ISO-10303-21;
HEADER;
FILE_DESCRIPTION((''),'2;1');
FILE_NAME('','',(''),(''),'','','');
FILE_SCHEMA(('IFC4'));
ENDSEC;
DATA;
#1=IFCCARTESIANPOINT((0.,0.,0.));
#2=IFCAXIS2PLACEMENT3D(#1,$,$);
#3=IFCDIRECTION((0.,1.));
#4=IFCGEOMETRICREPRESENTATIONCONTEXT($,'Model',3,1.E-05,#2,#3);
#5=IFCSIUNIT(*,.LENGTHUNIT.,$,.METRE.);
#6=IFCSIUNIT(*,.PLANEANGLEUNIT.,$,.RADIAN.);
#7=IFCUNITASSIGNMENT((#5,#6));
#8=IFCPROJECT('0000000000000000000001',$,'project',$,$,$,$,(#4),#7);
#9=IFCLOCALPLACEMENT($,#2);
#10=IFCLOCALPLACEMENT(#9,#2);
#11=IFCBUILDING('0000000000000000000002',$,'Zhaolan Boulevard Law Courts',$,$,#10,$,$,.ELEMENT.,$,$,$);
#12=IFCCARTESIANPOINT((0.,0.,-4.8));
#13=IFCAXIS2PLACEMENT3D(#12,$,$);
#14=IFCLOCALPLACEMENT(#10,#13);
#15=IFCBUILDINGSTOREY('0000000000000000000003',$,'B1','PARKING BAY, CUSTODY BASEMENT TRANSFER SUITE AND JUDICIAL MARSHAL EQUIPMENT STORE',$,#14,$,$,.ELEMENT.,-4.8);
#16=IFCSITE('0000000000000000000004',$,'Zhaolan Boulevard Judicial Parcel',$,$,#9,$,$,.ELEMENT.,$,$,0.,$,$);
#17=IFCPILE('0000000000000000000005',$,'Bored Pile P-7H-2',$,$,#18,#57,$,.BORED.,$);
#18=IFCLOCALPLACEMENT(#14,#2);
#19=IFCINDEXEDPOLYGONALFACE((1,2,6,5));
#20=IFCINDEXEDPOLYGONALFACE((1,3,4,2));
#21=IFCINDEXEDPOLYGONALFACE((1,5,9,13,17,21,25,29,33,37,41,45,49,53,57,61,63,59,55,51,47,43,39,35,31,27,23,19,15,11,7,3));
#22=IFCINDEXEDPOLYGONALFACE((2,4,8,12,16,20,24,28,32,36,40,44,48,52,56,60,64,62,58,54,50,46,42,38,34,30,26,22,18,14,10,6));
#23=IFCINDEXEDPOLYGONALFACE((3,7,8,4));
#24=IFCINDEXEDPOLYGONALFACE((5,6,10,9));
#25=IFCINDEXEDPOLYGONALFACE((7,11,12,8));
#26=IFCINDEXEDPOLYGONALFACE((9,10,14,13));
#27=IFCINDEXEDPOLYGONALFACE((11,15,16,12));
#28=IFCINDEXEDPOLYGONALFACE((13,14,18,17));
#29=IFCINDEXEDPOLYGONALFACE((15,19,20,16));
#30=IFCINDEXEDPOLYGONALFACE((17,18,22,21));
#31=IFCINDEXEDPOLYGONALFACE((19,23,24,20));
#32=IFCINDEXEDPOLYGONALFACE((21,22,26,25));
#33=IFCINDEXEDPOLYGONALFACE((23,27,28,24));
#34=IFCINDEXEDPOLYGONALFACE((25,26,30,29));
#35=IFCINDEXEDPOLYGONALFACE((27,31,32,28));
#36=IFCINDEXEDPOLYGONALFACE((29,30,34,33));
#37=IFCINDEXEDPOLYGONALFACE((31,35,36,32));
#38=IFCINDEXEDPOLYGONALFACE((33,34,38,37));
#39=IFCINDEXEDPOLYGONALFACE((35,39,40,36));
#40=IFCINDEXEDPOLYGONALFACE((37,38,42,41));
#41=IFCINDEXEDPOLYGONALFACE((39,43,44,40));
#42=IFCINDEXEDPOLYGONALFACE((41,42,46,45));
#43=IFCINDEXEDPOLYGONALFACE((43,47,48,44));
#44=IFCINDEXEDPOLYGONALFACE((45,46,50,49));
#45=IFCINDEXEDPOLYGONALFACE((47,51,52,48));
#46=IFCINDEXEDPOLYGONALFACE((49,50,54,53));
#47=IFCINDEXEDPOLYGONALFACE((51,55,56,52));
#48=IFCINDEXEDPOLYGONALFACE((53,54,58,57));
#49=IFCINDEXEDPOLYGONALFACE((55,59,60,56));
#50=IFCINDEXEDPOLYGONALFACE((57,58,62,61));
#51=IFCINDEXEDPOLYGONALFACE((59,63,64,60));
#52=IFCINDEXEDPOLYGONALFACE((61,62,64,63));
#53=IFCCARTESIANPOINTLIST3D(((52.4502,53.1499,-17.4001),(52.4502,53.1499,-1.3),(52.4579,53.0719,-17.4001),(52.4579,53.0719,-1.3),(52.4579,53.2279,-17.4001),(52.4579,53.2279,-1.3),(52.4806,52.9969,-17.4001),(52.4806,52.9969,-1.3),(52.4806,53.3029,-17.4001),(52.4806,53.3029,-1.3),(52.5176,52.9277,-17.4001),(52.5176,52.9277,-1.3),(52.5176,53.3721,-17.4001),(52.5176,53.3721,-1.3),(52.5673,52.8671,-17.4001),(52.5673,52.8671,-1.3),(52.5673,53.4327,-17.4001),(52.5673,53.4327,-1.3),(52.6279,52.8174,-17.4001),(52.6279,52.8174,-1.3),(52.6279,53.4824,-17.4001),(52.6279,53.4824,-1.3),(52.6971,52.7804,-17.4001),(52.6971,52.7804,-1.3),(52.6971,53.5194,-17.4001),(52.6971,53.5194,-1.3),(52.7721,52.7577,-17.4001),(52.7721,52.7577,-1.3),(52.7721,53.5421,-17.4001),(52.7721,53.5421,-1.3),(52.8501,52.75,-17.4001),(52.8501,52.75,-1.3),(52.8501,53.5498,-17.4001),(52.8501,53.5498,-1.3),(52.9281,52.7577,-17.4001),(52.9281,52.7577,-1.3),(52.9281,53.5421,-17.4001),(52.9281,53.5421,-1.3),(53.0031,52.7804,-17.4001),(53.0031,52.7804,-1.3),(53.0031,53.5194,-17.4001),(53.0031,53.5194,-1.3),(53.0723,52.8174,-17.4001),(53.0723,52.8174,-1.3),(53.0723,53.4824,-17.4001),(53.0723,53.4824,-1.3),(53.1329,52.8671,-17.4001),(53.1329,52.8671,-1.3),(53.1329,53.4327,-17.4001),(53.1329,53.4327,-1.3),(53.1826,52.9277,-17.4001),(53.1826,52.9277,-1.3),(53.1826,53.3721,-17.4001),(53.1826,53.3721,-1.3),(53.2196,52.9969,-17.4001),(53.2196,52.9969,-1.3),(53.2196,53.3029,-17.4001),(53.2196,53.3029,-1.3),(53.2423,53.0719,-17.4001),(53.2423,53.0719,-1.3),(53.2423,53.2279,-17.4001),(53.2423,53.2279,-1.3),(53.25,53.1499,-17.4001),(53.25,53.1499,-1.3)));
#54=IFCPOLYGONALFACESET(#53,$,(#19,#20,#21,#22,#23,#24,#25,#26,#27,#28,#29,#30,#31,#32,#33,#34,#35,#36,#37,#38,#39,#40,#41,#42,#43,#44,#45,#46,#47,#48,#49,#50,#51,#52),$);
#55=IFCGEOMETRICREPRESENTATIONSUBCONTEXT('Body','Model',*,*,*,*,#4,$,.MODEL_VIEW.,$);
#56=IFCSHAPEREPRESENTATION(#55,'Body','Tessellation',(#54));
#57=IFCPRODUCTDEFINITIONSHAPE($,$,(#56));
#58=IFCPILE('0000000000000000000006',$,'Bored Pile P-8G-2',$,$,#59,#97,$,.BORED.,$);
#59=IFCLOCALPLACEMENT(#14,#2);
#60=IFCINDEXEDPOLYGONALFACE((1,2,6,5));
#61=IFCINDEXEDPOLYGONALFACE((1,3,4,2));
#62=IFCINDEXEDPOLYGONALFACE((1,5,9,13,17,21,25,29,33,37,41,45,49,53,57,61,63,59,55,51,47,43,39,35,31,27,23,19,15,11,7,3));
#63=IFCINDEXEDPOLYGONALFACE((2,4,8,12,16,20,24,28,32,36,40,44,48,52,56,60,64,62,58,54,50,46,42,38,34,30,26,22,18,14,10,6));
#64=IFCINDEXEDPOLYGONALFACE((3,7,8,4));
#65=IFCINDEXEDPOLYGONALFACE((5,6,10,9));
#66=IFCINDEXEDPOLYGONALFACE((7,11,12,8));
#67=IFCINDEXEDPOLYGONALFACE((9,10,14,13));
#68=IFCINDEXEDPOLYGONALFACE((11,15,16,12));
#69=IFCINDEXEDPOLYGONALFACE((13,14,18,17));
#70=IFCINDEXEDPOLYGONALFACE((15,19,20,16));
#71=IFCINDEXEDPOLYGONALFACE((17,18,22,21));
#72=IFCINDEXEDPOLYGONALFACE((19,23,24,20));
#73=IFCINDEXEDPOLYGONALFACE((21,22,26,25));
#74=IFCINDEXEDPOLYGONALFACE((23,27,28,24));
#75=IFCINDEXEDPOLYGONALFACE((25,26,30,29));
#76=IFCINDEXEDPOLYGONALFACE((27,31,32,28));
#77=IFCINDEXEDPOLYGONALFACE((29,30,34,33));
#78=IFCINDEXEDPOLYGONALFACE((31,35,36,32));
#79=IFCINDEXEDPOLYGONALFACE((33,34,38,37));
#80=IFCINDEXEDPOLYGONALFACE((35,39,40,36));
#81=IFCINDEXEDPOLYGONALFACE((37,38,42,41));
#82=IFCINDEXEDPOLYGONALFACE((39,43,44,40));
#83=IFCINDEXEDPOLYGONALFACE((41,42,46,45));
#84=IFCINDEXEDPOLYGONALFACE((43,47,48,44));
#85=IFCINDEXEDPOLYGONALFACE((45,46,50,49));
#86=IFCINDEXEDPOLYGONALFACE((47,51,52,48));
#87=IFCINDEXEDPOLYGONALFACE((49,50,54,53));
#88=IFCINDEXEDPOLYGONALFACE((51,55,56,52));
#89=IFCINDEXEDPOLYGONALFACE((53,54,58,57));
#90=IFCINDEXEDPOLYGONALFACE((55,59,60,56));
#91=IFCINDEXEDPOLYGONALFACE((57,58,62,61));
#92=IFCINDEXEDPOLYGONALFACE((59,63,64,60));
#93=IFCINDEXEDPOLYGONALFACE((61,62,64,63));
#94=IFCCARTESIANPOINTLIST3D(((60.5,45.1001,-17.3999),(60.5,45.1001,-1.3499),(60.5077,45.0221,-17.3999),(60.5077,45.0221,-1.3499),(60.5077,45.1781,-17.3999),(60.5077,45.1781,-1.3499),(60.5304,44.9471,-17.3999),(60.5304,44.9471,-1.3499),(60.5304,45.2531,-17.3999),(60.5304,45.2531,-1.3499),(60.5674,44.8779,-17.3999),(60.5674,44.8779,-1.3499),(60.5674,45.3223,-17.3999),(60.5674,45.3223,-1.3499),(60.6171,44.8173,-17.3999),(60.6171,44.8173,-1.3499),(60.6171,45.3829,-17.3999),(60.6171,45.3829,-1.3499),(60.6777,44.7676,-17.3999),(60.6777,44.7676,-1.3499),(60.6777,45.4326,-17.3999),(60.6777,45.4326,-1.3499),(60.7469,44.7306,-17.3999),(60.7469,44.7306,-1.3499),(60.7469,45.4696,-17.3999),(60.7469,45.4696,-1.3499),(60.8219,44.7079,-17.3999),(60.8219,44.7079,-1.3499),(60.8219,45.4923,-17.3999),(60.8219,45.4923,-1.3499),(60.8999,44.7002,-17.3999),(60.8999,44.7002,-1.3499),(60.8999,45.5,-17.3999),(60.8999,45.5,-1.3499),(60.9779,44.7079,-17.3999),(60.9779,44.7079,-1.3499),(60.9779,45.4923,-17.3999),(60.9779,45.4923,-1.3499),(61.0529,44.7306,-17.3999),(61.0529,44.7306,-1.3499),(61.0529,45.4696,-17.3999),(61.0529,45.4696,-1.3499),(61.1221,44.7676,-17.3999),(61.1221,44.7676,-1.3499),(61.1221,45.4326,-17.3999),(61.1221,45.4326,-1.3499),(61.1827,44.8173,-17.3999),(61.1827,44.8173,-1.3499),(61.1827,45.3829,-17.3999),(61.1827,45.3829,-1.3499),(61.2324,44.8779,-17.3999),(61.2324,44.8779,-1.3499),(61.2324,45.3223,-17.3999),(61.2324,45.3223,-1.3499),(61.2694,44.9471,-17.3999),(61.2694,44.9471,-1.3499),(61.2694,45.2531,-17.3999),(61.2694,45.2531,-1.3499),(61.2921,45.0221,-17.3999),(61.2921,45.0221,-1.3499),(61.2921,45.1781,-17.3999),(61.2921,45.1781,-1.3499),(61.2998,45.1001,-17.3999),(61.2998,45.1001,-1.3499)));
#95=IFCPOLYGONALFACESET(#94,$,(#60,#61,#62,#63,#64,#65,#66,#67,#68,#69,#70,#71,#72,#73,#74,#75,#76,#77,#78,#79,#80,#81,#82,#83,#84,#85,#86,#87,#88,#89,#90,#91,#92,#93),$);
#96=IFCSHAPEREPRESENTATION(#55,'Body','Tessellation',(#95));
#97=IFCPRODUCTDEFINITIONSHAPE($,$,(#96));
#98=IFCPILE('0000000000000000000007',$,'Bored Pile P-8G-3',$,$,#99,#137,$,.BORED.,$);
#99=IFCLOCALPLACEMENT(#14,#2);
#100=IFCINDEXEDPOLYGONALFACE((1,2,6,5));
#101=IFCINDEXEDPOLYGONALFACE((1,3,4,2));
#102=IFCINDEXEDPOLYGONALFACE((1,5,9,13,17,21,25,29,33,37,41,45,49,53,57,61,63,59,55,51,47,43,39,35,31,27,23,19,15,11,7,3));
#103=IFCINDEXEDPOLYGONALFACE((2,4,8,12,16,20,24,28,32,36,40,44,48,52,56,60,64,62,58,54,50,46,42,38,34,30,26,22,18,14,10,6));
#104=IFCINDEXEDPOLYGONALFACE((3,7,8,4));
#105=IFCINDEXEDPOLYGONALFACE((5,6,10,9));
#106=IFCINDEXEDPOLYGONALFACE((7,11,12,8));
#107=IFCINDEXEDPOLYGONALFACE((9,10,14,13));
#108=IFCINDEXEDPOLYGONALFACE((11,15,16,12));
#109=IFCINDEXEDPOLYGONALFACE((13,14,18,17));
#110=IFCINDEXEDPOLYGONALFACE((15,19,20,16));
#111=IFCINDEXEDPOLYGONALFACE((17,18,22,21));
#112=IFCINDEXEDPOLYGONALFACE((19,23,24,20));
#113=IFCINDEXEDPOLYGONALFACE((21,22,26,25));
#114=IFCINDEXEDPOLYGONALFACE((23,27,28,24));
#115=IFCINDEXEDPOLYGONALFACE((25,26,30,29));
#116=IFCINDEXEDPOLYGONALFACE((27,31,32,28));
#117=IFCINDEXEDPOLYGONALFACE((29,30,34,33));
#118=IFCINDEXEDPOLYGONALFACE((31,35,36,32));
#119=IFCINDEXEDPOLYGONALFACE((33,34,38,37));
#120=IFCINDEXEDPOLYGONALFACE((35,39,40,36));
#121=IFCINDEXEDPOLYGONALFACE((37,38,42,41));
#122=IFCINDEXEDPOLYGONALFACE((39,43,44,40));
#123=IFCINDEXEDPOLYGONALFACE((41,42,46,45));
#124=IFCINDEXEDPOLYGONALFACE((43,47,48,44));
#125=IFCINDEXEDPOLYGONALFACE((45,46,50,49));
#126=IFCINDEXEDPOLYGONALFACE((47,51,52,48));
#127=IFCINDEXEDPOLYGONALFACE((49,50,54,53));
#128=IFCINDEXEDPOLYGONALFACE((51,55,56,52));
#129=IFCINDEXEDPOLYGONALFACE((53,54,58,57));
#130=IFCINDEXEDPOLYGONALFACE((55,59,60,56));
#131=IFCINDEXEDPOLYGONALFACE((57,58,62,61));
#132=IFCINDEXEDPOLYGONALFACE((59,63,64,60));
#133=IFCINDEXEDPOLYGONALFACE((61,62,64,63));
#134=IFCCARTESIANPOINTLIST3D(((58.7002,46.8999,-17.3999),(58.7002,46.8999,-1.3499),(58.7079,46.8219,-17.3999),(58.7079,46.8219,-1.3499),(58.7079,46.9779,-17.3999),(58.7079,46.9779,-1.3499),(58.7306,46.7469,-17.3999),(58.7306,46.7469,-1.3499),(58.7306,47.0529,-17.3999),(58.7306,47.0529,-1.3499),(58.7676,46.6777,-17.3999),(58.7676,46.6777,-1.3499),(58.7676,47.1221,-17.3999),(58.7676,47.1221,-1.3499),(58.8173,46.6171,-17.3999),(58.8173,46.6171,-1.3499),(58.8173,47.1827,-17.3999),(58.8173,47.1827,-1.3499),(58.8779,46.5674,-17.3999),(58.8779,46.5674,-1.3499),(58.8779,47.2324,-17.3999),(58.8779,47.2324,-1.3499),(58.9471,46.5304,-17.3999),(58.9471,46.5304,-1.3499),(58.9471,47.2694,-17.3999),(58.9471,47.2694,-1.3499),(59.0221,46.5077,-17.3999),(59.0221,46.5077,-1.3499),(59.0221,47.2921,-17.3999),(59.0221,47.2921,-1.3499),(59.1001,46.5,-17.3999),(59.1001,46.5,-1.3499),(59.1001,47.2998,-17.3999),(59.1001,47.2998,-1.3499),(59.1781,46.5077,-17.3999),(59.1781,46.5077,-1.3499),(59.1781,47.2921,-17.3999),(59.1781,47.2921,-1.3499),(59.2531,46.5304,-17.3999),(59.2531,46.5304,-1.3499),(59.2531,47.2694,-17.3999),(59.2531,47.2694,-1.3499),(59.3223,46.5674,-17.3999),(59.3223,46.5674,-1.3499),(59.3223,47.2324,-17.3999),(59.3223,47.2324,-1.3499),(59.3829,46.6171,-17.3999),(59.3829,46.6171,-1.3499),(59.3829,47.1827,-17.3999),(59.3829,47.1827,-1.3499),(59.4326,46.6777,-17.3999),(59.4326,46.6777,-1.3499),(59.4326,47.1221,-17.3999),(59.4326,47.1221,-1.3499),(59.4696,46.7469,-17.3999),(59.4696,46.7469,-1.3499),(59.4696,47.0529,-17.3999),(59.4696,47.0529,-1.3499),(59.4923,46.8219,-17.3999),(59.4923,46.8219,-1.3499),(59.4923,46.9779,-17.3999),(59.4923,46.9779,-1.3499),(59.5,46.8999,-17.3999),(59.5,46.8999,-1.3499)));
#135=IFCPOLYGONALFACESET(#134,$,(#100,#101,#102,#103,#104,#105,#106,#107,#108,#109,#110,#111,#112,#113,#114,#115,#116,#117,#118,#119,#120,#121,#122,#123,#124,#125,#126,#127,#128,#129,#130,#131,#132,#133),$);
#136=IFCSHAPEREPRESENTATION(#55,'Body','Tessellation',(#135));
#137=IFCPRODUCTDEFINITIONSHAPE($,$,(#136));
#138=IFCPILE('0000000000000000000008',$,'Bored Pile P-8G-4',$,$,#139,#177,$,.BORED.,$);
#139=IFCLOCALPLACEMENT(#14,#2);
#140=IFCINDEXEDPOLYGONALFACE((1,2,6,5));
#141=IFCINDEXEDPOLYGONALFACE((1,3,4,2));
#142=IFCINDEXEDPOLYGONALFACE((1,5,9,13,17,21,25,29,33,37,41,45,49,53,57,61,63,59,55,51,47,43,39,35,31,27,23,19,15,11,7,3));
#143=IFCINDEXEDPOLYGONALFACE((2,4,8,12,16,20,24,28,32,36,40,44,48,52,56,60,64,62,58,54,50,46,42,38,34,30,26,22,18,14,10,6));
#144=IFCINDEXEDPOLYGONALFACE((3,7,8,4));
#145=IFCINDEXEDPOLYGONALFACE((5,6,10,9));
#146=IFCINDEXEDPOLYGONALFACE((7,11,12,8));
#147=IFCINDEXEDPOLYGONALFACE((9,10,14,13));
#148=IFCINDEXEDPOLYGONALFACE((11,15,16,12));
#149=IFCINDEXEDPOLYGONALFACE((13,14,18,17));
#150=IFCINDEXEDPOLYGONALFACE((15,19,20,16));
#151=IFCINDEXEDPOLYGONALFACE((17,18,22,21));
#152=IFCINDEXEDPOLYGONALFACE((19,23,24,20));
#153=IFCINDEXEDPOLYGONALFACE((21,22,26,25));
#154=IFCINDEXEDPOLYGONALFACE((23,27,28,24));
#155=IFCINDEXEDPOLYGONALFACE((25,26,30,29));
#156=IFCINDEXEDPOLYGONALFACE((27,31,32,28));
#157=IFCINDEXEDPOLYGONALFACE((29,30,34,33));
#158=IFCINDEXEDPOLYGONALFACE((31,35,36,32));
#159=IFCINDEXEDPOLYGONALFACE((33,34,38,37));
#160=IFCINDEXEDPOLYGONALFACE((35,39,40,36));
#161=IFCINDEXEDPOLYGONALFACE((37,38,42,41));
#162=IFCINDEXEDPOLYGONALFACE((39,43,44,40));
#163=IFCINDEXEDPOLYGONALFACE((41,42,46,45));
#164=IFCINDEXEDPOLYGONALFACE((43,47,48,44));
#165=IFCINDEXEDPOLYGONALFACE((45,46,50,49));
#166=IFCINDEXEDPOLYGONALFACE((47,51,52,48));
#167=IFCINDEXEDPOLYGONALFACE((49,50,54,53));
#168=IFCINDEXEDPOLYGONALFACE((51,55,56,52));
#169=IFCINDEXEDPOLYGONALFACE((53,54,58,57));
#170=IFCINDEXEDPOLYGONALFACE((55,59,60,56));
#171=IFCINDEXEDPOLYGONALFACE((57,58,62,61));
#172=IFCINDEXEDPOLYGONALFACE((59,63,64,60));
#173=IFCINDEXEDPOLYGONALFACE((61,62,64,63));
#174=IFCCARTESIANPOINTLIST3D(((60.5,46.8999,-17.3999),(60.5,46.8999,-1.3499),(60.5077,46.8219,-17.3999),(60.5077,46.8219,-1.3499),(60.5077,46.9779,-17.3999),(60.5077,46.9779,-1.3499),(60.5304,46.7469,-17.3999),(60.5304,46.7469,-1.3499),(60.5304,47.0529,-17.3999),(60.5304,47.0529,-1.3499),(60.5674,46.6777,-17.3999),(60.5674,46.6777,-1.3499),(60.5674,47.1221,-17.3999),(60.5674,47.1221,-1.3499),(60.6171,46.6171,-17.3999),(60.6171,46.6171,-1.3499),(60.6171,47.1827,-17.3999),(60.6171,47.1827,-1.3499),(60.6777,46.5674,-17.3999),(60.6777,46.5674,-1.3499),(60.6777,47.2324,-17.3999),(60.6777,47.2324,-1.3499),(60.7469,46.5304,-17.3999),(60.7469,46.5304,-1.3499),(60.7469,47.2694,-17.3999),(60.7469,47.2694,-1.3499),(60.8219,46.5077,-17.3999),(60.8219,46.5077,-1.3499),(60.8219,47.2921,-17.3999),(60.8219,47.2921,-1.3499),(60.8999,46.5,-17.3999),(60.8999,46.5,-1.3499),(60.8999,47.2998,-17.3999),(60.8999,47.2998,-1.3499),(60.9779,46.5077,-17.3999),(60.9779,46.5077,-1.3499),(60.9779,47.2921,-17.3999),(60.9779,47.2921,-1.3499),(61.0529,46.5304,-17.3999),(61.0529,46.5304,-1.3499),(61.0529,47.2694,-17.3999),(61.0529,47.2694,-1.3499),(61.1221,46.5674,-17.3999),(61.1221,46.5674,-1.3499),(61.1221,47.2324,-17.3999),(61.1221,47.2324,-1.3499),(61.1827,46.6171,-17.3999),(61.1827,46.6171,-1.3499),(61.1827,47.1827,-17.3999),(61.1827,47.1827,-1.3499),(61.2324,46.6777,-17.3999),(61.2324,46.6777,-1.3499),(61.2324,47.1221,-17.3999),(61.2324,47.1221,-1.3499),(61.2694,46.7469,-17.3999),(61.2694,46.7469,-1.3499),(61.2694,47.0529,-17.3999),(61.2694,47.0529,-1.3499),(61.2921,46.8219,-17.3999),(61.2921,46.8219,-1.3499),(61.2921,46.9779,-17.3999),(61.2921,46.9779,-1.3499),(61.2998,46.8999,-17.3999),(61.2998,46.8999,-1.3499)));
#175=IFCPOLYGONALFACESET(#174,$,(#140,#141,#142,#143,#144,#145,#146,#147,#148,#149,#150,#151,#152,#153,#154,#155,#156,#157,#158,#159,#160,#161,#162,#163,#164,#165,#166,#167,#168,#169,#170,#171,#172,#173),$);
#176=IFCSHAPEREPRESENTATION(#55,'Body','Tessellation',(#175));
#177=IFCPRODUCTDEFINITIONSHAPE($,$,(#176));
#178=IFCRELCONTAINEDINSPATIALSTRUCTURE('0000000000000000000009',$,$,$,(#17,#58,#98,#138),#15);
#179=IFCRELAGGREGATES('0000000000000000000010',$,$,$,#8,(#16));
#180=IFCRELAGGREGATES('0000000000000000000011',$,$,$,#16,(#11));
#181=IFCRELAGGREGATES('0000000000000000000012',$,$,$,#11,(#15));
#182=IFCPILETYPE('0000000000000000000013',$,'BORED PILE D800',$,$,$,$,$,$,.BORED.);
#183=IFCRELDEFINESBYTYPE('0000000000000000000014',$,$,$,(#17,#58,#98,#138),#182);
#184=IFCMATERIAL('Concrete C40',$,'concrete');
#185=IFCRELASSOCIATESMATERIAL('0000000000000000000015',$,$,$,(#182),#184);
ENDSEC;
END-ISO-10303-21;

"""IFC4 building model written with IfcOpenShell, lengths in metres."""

from ifc_helpers import new_model, si_unit, direction, frame, origin, origin_2d, place, context, subcontext, project, spatial, circle, extrude, material, material_profile, profile_set, type_object, element, save


model = new_model("IFC4")

# Units and contexts
model_context = context("Model", 3, precision=1e-05, world=origin(), true_north=direction((0.0, 1.0)))
body_context = subcontext(model_context, "Body", "Model", "MODEL_VIEW")
ifc_project = project(units=[si_unit("LENGTHUNIT", "METRE"), si_unit("PLANEANGLEUNIT", "RADIAN")], contexts=[model_context])

# Site, building, storey
site_placement = place(None, origin())
site = spatial("IfcSite", under=ifc_project, at=site_placement, Name="Zhaolan Boulevard Judicial Parcel", CompositionType="ELEMENT", RefElevation=0.0)
building_placement = place(site_placement, origin())
building = spatial("IfcBuilding", under=site, at=building_placement, Name="Zhaolan Boulevard Law Courts", CompositionType="ELEMENT")
storey_placement = place(building_placement, frame((0.0, 0.0, -4.8)))
storey = spatial("IfcBuildingStorey", under=building, at=storey_placement, Name="B1", Description="PARKING BAY, CUSTODY BASEMENT TRANSFER SUITE AND JUDICIAL MARSHAL EQUIPMENT STORE", CompositionType="ELEMENT", Elevation=-4.8)

# Piles
ifc_material_1 = material(Name="Concrete C40", Category="concrete")
ifc_material_profile_1 = material_profile(ifc_material_1, circle(Radius=0.3999, at=origin_2d()), Name="PILE-D800")
ifc_profile_set_1 = profile_set([ifc_material_profile_1], Name="Concrete C40")
pile_type = type_object("IfcPileType", Name="BORED PILE D800", PredefinedType="BORED", material=ifc_profile_set_1)
for number, where, z_axis, x_axis, name in (
    (1, (52.8501, 53.1499, -1.3), (0.0, 0.0, -1.0), (1.0, 0.0, 0.0), "Bored Pile P-7H-2"),
):
    element("IfcPile", number, at=place(storey_placement, frame(where, z_axis=z_axis, x_axis=x_axis)), inside=storey, type_object=pile_type, Name=name, PredefinedType="BORED", context=body_context, shape_type="SweptSolid", body=[
        extrude(circle(Radius=0.3999, at=origin_2d()), origin(), (0.0, 0.0, 1.0), 16.1001),
    ])
for number, where, z_axis, x_axis, name in (
    (2, (60.8999, 45.1001, -1.3499), (0.0, 0.0, -1.0), (1.0, 0.0, 0.0), "Bored Pile P-8G-2"),
    (3, (59.1001, 46.8999, -1.3499), (0.0, 0.0, -1.0), (1.0, 0.0, 0.0), "Bored Pile P-8G-3"),
    (4, (60.8999, 46.8999, -1.3499), (0.0, 0.0, -1.0), (1.0, 0.0, 0.0), "Bored Pile P-8G-4"),
):
    element("IfcPile", number, at=place(storey_placement, frame(where, z_axis=z_axis, x_axis=x_axis)), inside=storey, type_object=pile_type, Name=name, PredefinedType="BORED", context=body_context, shape_type="SweptSolid", body=[
        extrude(circle(Radius=0.3999, at=origin_2d()), origin(), (0.0, 0.0, 1.0), 16.05),
    ])

save(model, "model.ifc")
